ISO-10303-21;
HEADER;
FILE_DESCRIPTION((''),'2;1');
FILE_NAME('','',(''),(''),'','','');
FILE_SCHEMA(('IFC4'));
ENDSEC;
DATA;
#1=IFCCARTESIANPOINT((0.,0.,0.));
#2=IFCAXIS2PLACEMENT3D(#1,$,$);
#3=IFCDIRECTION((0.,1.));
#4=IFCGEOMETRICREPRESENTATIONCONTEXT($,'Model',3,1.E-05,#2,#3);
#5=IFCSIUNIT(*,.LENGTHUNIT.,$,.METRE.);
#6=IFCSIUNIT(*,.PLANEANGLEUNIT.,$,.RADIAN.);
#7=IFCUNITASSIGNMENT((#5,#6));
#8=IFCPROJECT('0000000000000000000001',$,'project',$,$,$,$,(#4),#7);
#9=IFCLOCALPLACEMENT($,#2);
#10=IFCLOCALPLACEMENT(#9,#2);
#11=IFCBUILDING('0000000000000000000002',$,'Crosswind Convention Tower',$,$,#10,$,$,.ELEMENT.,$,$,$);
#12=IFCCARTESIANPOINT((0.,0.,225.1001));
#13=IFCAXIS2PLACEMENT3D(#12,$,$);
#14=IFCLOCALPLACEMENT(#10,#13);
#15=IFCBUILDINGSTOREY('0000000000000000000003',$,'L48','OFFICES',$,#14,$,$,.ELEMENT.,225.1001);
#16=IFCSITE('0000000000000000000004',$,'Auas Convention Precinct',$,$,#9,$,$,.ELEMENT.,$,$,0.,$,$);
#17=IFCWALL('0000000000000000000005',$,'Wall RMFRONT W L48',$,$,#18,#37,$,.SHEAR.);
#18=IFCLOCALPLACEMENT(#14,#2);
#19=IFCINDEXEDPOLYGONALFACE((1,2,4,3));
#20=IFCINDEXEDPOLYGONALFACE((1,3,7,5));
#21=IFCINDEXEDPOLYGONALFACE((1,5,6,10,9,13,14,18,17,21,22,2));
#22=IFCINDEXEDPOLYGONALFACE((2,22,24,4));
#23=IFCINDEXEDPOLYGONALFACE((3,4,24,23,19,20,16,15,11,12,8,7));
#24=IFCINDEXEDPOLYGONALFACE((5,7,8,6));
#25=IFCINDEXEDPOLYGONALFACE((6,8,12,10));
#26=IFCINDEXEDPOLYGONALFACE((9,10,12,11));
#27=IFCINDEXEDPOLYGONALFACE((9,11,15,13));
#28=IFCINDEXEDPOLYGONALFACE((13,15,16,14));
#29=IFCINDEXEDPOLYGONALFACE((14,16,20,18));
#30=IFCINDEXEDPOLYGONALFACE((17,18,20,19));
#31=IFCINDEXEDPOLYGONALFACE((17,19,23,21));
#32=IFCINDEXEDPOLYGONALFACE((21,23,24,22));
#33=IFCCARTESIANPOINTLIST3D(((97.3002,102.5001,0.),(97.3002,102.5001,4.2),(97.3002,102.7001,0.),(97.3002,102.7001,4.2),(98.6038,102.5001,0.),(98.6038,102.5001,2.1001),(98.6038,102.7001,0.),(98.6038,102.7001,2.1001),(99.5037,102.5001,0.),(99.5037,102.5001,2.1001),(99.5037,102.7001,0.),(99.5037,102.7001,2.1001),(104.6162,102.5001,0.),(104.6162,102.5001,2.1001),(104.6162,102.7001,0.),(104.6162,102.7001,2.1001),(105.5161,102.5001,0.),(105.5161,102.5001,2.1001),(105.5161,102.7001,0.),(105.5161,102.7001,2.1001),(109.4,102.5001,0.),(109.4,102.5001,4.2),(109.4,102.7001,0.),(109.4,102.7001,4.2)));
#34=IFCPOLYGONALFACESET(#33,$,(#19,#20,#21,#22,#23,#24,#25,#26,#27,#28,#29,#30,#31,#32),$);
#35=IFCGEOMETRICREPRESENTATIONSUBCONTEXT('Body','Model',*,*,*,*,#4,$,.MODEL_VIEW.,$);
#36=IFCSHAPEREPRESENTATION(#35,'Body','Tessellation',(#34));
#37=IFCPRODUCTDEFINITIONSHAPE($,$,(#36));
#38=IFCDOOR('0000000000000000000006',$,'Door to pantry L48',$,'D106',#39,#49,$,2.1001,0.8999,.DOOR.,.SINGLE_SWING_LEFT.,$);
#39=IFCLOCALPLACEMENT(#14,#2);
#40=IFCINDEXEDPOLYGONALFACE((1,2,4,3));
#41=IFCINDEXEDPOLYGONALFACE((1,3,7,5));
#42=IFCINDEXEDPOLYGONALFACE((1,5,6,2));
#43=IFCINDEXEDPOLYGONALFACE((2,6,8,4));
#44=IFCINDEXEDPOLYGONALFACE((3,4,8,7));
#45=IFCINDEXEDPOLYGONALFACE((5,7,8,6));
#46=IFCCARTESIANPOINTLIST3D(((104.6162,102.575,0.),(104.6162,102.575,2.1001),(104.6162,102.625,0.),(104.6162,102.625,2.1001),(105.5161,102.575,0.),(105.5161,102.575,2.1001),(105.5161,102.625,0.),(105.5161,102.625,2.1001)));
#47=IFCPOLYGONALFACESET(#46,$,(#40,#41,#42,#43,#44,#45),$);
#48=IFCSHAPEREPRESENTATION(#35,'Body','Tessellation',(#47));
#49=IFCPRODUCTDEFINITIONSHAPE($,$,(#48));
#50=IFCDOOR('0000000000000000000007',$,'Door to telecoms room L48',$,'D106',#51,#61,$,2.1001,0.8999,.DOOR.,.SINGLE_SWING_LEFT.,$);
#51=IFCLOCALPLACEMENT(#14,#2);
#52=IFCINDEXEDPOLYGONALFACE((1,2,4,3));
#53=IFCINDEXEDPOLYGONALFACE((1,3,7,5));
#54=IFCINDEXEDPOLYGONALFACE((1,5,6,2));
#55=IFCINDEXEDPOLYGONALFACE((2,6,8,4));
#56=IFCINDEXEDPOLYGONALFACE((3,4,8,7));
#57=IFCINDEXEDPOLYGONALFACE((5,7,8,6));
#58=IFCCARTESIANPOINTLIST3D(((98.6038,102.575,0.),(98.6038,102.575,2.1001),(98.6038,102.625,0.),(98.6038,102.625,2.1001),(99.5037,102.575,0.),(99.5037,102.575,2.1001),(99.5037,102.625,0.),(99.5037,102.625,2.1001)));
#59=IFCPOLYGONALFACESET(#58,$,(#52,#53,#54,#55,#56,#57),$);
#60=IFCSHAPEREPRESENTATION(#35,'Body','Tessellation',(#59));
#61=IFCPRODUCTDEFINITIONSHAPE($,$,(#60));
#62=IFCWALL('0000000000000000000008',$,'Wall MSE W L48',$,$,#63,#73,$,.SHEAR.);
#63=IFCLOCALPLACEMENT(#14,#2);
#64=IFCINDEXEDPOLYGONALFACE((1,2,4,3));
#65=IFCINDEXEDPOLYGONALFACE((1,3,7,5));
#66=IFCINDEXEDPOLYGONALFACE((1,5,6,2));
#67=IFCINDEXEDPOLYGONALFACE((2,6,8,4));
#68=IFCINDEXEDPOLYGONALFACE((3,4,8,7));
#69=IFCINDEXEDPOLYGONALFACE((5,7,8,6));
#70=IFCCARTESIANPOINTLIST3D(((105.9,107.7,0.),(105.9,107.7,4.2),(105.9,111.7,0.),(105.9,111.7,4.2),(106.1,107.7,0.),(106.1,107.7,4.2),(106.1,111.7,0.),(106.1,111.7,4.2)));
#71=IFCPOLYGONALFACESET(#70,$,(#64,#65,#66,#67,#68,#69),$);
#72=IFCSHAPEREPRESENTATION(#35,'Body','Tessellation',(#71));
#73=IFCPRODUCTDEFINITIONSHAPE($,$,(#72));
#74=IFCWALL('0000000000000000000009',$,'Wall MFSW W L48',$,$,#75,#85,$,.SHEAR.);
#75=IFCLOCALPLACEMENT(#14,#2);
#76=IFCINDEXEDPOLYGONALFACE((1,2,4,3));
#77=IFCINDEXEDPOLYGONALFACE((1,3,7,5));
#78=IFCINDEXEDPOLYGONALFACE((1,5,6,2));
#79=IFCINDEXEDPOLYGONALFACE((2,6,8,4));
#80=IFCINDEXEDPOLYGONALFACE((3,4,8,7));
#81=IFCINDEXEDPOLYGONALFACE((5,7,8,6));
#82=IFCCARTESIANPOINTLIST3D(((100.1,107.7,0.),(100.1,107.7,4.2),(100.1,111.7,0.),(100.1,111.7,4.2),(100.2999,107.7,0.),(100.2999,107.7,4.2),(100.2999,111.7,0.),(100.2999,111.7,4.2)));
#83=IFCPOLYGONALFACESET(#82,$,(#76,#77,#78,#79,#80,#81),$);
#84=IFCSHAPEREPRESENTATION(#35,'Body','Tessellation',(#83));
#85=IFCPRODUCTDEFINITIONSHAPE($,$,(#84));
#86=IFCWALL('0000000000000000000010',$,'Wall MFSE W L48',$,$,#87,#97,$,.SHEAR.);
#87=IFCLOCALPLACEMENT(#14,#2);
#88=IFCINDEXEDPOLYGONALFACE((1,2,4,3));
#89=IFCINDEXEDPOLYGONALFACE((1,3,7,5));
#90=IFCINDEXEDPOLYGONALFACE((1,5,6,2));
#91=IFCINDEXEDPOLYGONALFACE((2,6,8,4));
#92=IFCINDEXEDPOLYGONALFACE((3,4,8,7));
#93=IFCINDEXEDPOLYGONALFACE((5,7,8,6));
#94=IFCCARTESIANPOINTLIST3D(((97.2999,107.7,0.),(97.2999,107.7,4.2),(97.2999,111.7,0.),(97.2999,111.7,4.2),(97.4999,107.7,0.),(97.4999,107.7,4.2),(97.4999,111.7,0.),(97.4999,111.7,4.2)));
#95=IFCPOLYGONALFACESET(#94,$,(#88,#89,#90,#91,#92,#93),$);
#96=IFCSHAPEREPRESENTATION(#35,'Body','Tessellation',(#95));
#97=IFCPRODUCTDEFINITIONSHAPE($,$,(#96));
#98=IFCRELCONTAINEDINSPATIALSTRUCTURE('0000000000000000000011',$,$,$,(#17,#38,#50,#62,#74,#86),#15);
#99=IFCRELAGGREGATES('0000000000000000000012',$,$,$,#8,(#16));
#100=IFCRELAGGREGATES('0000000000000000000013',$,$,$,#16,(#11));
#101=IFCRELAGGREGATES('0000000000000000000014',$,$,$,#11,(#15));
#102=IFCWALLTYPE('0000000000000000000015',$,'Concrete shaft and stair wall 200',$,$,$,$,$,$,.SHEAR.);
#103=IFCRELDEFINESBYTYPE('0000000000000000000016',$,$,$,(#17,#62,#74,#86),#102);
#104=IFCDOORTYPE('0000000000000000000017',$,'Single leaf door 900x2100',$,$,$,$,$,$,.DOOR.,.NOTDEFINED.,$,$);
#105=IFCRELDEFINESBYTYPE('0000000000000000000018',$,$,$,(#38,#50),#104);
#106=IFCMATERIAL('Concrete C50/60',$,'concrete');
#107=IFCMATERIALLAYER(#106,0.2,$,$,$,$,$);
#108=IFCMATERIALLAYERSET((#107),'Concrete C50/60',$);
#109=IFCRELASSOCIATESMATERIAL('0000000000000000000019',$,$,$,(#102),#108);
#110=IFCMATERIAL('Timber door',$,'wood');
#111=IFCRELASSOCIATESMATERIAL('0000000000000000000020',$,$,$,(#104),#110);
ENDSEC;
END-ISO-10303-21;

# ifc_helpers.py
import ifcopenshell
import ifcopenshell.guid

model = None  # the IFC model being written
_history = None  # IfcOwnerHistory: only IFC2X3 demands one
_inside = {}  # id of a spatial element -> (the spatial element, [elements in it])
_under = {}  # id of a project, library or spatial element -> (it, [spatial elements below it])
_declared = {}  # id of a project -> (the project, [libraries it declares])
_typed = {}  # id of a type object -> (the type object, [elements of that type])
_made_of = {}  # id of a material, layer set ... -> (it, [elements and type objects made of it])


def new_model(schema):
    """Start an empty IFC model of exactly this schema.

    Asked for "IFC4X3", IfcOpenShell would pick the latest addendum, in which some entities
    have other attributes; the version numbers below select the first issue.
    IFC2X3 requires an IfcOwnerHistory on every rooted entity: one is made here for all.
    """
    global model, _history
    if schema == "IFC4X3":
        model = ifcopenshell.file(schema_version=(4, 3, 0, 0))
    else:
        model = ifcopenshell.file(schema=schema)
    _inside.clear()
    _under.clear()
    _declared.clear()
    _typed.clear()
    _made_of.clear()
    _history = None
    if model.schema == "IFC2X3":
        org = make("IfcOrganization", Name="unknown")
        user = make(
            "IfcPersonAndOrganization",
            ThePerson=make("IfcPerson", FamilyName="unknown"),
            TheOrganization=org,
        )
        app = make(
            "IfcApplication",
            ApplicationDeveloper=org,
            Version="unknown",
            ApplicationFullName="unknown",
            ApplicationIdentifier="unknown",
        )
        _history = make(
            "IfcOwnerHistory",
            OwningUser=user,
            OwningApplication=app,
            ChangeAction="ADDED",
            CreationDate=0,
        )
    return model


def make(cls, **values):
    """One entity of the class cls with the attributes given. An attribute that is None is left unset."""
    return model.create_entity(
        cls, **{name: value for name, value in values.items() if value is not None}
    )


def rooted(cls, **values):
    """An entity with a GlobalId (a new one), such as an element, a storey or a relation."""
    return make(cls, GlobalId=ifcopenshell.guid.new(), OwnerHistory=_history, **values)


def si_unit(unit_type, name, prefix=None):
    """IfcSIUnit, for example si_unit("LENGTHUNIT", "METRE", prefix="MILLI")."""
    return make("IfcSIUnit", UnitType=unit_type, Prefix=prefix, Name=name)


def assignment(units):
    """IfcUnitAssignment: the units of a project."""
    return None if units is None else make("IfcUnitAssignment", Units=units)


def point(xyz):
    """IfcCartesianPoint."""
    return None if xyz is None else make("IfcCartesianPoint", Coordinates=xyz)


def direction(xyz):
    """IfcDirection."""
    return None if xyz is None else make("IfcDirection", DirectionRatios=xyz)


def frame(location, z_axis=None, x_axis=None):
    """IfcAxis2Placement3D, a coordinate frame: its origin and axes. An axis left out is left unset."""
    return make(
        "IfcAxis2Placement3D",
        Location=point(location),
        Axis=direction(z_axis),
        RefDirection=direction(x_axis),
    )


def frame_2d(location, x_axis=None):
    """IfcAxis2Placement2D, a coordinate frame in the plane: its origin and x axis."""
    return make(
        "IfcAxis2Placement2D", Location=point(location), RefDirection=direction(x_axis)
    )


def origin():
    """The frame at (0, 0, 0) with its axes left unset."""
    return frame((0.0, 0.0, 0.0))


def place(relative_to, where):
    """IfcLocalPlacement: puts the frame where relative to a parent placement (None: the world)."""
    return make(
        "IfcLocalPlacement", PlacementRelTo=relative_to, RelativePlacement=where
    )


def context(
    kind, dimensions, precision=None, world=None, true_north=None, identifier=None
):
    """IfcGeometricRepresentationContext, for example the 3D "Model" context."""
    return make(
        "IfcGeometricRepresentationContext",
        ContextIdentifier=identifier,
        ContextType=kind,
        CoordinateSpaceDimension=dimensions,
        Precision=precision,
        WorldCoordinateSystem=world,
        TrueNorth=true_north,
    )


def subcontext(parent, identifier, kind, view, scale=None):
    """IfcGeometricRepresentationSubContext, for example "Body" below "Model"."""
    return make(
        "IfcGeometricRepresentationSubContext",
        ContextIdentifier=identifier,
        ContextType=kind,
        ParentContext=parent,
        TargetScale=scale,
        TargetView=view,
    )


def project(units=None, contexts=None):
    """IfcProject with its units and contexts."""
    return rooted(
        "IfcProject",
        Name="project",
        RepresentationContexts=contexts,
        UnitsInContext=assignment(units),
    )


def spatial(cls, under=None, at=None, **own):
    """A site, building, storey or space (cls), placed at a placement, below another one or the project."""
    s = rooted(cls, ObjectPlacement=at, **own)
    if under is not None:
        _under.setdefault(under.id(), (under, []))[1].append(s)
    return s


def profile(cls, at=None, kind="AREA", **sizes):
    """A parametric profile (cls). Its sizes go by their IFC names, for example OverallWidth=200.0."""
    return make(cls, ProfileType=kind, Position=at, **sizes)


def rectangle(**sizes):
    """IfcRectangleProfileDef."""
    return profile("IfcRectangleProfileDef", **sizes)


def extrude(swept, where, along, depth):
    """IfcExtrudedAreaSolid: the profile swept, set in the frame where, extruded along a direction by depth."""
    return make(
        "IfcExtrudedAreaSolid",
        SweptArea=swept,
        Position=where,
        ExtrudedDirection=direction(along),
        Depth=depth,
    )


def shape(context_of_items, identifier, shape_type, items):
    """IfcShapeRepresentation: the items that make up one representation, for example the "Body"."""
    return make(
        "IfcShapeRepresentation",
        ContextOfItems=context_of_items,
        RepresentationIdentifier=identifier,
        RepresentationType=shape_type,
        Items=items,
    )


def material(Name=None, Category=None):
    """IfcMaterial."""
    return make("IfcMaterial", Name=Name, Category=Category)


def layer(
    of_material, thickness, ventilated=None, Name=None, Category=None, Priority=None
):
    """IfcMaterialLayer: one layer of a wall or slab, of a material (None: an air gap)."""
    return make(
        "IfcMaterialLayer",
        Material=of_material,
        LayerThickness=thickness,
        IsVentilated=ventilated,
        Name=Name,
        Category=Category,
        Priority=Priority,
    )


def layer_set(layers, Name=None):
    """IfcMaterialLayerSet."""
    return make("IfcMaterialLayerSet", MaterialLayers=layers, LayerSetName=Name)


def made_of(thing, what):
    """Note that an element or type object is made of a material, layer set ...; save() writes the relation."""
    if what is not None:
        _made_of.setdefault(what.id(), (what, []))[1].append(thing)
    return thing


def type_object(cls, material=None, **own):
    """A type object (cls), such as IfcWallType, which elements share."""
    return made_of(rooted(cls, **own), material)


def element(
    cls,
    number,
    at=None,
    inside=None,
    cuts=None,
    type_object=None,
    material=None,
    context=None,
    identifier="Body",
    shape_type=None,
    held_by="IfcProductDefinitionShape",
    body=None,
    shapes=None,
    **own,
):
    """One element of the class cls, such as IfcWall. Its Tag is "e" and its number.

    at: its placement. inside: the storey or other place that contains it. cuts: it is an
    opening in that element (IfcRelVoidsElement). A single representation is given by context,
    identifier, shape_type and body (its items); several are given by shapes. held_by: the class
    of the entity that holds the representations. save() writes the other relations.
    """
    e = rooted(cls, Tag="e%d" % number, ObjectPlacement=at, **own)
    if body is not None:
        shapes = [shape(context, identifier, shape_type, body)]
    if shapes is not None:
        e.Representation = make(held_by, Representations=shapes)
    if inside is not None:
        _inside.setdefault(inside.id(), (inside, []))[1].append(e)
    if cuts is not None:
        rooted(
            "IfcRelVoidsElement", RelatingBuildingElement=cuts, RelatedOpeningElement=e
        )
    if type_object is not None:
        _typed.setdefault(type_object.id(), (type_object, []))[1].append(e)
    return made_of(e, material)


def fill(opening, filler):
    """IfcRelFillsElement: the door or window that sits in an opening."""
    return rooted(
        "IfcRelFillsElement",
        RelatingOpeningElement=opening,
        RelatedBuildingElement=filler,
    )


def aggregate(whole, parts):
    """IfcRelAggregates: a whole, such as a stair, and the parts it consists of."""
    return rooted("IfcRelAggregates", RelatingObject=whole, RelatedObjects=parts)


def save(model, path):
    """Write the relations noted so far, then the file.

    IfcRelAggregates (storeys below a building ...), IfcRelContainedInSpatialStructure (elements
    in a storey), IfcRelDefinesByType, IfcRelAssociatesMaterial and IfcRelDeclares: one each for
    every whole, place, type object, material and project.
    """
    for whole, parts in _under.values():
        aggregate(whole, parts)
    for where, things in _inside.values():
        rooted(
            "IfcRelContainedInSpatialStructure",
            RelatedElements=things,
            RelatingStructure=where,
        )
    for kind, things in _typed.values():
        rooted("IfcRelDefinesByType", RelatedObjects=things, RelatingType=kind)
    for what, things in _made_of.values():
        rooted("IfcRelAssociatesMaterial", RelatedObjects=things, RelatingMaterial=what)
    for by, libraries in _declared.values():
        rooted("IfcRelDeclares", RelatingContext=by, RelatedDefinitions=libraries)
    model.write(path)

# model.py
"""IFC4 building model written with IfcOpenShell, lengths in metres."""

from ifc_helpers import new_model, si_unit, direction, frame, frame_2d, origin, place, context, subcontext, project, spatial, rectangle, extrude, material, layer, layer_set, type_object, element, fill, save


model = new_model("IFC4")

# Units and contexts
model_context = context("Model", 3, precision=1e-05, world=origin(), true_north=direction((0.0, 1.0)))
body_context = subcontext(model_context, "Body", "Model", "MODEL_VIEW")
ifc_project = project(units=[si_unit("LENGTHUNIT", "METRE"), si_unit("PLANEANGLEUNIT", "RADIAN")], contexts=[model_context])

# Site, building, storey
site_placement = place(None, origin())
site = spatial("IfcSite", under=ifc_project, at=site_placement, Name="Auas Convention Precinct", CompositionType="ELEMENT", RefElevation=0.0)
building_placement = place(site_placement, origin())
building = spatial("IfcBuilding", under=site, at=building_placement, Name="Crosswind Convention Tower", CompositionType="ELEMENT")
storey_placement = place(building_placement, frame((0.0, 0.0, 225.1001)))
storey = spatial("IfcBuildingStorey", under=building, at=storey_placement, Name="L48", Description="OFFICES", CompositionType="ELEMENT", Elevation=225.1001)

# Shared definitions
ifc_material_1 = material(Name="Concrete C50/60", Category="concrete")
ifc_layer_1 = layer(ifc_material_1, 0.2)
ifc_layer_set_1 = layer_set([ifc_layer_1], Name="Concrete C50/60")
wall_type_1 = type_object("IfcWallType", Name="Concrete shaft and stair wall 200", PredefinedType="SHEAR", material=ifc_layer_set_1)

# Wall, openings, doors
wall_1_placement = place(storey_placement, frame((109.3999, 102.6001, 0.0), z_axis=(0.0, 0.0, 1.0), x_axis=(-1.0, 0.0, 0.0)))
wall_1 = element("IfcWall", 1, at=wall_1_placement, inside=storey, type_object=wall_type_1, Name="Wall RMFRONT W L48", PredefinedType="SHEAR", context=body_context, shape_type="SweptSolid", body=[
    extrude(rectangle(XDim=12.0999, YDim=0.2, at=frame_2d((6.0498, 0.0))), origin(), (0.0, 0.0, 1.0), 4.2),
])
opening_1_placement = place(wall_1_placement, frame((3.8838, 0.0, 0.0)))
opening_1 = element("IfcOpeningElement", 2, at=opening_1_placement, cuts=wall_1, PredefinedType="OPENING", context=body_context, shape_type="SweptSolid", body=[
    extrude(rectangle(XDim=0.8999, YDim=2.1001, at=frame_2d((0.45, 1.05))), frame((0.0, 0.1099, 0.0), z_axis=(0.0, -1.0, 0.0), x_axis=(1.0, 0.0, 0.0)), (0.0, 0.0, 1.0), 0.22),
])
opening_2_placement = place(wall_1_placement, frame((9.8962, 0.0, 0.0)))
opening_2 = element("IfcOpeningElement", 3, at=opening_2_placement, cuts=wall_1, PredefinedType="OPENING", context=body_context, shape_type="SweptSolid", body=[
    extrude(rectangle(XDim=0.8999, YDim=2.1001, at=frame_2d((0.45, 1.05))), frame((0.0, 0.1099, 0.0), z_axis=(0.0, -1.0, 0.0), x_axis=(1.0, 0.0, 0.0)), (0.0, 0.0, 1.0), 0.22),
])
ifc_material_2 = material(Name="Timber door", Category="wood")
door_type_1 = type_object("IfcDoorType", Name="Single leaf door 900x2100", OperationType="NOTDEFINED", PredefinedType="DOOR", material=ifc_material_2)
door_1_placement = place(opening_1_placement, frame((0.8999, 0.0, 0.0), z_axis=(0.0, 0.0, 1.0), x_axis=(-1.0, 0.0, 0.0)))
door_1 = element("IfcDoor", 4, at=door_1_placement, inside=storey, type_object=door_type_1, Name="Door to pantry L48", ObjectType="D106", OperationType="SINGLE_SWING_LEFT", OverallHeight=2.1001, OverallWidth=0.8999, PredefinedType="DOOR", context=body_context, shape_type="SweptSolid", body=[
    extrude(rectangle(XDim=0.8999, YDim=2.1001, at=frame_2d((0.45, 1.05))), frame((0.0, 0.0249, 0.0), z_axis=(0.0, -1.0, 0.0), x_axis=(1.0, 0.0, 0.0)), (0.0, 0.0, 1.0), 0.05),
])
fill(opening_1, door_1)
door_2_placement = place(opening_2_placement, frame((0.8999, 0.0, 0.0), z_axis=(0.0, 0.0, 1.0), x_axis=(-1.0, 0.0, 0.0)))
door_2 = element("IfcDoor", 5, at=door_2_placement, inside=storey, type_object=door_type_1, Name="Door to telecoms room L48", ObjectType="D106", OperationType="SINGLE_SWING_LEFT", OverallHeight=2.1001, OverallWidth=0.8999, PredefinedType="DOOR", context=body_context, shape_type="SweptSolid", body=[
    extrude(rectangle(XDim=0.8999, YDim=2.1001, at=frame_2d((0.45, 1.05))), frame((0.0, 0.0249, 0.0), z_axis=(0.0, -1.0, 0.0), x_axis=(1.0, 0.0, 0.0)), (0.0, 0.0, 1.0), 0.05),
])
fill(opening_2, door_2)

# Walls
for number, where, z_axis, x_axis, name in (
    (6, (106.0, 111.7, 0.0), (0.0, 0.0, 1.0), (0.0, -1.0, 0.0), "Wall MSE W L48"),
    (7, (100.2, 111.7, 0.0), (0.0, 0.0, 1.0), (0.0, -1.0, 0.0), "Wall MFSW W L48"),
    (8, (97.3999, 111.7, 0.0), (0.0, 0.0, 1.0), (0.0, -1.0, 0.0), "Wall MFSE W L48"),
):
    element("IfcWall", number, at=place(storey_placement, frame(where, z_axis=z_axis, x_axis=x_axis)), inside=storey, type_object=wall_type_1, Name=name, PredefinedType="SHEAR", context=body_context, shape_type="SweptSolid", body=[
        extrude(rectangle(XDim=4.0, YDim=0.2, at=frame_2d((2.0, 0.0))), origin(), (0.0, 0.0, 1.0), 4.2),
    ])

save(model, "model.ifc")
